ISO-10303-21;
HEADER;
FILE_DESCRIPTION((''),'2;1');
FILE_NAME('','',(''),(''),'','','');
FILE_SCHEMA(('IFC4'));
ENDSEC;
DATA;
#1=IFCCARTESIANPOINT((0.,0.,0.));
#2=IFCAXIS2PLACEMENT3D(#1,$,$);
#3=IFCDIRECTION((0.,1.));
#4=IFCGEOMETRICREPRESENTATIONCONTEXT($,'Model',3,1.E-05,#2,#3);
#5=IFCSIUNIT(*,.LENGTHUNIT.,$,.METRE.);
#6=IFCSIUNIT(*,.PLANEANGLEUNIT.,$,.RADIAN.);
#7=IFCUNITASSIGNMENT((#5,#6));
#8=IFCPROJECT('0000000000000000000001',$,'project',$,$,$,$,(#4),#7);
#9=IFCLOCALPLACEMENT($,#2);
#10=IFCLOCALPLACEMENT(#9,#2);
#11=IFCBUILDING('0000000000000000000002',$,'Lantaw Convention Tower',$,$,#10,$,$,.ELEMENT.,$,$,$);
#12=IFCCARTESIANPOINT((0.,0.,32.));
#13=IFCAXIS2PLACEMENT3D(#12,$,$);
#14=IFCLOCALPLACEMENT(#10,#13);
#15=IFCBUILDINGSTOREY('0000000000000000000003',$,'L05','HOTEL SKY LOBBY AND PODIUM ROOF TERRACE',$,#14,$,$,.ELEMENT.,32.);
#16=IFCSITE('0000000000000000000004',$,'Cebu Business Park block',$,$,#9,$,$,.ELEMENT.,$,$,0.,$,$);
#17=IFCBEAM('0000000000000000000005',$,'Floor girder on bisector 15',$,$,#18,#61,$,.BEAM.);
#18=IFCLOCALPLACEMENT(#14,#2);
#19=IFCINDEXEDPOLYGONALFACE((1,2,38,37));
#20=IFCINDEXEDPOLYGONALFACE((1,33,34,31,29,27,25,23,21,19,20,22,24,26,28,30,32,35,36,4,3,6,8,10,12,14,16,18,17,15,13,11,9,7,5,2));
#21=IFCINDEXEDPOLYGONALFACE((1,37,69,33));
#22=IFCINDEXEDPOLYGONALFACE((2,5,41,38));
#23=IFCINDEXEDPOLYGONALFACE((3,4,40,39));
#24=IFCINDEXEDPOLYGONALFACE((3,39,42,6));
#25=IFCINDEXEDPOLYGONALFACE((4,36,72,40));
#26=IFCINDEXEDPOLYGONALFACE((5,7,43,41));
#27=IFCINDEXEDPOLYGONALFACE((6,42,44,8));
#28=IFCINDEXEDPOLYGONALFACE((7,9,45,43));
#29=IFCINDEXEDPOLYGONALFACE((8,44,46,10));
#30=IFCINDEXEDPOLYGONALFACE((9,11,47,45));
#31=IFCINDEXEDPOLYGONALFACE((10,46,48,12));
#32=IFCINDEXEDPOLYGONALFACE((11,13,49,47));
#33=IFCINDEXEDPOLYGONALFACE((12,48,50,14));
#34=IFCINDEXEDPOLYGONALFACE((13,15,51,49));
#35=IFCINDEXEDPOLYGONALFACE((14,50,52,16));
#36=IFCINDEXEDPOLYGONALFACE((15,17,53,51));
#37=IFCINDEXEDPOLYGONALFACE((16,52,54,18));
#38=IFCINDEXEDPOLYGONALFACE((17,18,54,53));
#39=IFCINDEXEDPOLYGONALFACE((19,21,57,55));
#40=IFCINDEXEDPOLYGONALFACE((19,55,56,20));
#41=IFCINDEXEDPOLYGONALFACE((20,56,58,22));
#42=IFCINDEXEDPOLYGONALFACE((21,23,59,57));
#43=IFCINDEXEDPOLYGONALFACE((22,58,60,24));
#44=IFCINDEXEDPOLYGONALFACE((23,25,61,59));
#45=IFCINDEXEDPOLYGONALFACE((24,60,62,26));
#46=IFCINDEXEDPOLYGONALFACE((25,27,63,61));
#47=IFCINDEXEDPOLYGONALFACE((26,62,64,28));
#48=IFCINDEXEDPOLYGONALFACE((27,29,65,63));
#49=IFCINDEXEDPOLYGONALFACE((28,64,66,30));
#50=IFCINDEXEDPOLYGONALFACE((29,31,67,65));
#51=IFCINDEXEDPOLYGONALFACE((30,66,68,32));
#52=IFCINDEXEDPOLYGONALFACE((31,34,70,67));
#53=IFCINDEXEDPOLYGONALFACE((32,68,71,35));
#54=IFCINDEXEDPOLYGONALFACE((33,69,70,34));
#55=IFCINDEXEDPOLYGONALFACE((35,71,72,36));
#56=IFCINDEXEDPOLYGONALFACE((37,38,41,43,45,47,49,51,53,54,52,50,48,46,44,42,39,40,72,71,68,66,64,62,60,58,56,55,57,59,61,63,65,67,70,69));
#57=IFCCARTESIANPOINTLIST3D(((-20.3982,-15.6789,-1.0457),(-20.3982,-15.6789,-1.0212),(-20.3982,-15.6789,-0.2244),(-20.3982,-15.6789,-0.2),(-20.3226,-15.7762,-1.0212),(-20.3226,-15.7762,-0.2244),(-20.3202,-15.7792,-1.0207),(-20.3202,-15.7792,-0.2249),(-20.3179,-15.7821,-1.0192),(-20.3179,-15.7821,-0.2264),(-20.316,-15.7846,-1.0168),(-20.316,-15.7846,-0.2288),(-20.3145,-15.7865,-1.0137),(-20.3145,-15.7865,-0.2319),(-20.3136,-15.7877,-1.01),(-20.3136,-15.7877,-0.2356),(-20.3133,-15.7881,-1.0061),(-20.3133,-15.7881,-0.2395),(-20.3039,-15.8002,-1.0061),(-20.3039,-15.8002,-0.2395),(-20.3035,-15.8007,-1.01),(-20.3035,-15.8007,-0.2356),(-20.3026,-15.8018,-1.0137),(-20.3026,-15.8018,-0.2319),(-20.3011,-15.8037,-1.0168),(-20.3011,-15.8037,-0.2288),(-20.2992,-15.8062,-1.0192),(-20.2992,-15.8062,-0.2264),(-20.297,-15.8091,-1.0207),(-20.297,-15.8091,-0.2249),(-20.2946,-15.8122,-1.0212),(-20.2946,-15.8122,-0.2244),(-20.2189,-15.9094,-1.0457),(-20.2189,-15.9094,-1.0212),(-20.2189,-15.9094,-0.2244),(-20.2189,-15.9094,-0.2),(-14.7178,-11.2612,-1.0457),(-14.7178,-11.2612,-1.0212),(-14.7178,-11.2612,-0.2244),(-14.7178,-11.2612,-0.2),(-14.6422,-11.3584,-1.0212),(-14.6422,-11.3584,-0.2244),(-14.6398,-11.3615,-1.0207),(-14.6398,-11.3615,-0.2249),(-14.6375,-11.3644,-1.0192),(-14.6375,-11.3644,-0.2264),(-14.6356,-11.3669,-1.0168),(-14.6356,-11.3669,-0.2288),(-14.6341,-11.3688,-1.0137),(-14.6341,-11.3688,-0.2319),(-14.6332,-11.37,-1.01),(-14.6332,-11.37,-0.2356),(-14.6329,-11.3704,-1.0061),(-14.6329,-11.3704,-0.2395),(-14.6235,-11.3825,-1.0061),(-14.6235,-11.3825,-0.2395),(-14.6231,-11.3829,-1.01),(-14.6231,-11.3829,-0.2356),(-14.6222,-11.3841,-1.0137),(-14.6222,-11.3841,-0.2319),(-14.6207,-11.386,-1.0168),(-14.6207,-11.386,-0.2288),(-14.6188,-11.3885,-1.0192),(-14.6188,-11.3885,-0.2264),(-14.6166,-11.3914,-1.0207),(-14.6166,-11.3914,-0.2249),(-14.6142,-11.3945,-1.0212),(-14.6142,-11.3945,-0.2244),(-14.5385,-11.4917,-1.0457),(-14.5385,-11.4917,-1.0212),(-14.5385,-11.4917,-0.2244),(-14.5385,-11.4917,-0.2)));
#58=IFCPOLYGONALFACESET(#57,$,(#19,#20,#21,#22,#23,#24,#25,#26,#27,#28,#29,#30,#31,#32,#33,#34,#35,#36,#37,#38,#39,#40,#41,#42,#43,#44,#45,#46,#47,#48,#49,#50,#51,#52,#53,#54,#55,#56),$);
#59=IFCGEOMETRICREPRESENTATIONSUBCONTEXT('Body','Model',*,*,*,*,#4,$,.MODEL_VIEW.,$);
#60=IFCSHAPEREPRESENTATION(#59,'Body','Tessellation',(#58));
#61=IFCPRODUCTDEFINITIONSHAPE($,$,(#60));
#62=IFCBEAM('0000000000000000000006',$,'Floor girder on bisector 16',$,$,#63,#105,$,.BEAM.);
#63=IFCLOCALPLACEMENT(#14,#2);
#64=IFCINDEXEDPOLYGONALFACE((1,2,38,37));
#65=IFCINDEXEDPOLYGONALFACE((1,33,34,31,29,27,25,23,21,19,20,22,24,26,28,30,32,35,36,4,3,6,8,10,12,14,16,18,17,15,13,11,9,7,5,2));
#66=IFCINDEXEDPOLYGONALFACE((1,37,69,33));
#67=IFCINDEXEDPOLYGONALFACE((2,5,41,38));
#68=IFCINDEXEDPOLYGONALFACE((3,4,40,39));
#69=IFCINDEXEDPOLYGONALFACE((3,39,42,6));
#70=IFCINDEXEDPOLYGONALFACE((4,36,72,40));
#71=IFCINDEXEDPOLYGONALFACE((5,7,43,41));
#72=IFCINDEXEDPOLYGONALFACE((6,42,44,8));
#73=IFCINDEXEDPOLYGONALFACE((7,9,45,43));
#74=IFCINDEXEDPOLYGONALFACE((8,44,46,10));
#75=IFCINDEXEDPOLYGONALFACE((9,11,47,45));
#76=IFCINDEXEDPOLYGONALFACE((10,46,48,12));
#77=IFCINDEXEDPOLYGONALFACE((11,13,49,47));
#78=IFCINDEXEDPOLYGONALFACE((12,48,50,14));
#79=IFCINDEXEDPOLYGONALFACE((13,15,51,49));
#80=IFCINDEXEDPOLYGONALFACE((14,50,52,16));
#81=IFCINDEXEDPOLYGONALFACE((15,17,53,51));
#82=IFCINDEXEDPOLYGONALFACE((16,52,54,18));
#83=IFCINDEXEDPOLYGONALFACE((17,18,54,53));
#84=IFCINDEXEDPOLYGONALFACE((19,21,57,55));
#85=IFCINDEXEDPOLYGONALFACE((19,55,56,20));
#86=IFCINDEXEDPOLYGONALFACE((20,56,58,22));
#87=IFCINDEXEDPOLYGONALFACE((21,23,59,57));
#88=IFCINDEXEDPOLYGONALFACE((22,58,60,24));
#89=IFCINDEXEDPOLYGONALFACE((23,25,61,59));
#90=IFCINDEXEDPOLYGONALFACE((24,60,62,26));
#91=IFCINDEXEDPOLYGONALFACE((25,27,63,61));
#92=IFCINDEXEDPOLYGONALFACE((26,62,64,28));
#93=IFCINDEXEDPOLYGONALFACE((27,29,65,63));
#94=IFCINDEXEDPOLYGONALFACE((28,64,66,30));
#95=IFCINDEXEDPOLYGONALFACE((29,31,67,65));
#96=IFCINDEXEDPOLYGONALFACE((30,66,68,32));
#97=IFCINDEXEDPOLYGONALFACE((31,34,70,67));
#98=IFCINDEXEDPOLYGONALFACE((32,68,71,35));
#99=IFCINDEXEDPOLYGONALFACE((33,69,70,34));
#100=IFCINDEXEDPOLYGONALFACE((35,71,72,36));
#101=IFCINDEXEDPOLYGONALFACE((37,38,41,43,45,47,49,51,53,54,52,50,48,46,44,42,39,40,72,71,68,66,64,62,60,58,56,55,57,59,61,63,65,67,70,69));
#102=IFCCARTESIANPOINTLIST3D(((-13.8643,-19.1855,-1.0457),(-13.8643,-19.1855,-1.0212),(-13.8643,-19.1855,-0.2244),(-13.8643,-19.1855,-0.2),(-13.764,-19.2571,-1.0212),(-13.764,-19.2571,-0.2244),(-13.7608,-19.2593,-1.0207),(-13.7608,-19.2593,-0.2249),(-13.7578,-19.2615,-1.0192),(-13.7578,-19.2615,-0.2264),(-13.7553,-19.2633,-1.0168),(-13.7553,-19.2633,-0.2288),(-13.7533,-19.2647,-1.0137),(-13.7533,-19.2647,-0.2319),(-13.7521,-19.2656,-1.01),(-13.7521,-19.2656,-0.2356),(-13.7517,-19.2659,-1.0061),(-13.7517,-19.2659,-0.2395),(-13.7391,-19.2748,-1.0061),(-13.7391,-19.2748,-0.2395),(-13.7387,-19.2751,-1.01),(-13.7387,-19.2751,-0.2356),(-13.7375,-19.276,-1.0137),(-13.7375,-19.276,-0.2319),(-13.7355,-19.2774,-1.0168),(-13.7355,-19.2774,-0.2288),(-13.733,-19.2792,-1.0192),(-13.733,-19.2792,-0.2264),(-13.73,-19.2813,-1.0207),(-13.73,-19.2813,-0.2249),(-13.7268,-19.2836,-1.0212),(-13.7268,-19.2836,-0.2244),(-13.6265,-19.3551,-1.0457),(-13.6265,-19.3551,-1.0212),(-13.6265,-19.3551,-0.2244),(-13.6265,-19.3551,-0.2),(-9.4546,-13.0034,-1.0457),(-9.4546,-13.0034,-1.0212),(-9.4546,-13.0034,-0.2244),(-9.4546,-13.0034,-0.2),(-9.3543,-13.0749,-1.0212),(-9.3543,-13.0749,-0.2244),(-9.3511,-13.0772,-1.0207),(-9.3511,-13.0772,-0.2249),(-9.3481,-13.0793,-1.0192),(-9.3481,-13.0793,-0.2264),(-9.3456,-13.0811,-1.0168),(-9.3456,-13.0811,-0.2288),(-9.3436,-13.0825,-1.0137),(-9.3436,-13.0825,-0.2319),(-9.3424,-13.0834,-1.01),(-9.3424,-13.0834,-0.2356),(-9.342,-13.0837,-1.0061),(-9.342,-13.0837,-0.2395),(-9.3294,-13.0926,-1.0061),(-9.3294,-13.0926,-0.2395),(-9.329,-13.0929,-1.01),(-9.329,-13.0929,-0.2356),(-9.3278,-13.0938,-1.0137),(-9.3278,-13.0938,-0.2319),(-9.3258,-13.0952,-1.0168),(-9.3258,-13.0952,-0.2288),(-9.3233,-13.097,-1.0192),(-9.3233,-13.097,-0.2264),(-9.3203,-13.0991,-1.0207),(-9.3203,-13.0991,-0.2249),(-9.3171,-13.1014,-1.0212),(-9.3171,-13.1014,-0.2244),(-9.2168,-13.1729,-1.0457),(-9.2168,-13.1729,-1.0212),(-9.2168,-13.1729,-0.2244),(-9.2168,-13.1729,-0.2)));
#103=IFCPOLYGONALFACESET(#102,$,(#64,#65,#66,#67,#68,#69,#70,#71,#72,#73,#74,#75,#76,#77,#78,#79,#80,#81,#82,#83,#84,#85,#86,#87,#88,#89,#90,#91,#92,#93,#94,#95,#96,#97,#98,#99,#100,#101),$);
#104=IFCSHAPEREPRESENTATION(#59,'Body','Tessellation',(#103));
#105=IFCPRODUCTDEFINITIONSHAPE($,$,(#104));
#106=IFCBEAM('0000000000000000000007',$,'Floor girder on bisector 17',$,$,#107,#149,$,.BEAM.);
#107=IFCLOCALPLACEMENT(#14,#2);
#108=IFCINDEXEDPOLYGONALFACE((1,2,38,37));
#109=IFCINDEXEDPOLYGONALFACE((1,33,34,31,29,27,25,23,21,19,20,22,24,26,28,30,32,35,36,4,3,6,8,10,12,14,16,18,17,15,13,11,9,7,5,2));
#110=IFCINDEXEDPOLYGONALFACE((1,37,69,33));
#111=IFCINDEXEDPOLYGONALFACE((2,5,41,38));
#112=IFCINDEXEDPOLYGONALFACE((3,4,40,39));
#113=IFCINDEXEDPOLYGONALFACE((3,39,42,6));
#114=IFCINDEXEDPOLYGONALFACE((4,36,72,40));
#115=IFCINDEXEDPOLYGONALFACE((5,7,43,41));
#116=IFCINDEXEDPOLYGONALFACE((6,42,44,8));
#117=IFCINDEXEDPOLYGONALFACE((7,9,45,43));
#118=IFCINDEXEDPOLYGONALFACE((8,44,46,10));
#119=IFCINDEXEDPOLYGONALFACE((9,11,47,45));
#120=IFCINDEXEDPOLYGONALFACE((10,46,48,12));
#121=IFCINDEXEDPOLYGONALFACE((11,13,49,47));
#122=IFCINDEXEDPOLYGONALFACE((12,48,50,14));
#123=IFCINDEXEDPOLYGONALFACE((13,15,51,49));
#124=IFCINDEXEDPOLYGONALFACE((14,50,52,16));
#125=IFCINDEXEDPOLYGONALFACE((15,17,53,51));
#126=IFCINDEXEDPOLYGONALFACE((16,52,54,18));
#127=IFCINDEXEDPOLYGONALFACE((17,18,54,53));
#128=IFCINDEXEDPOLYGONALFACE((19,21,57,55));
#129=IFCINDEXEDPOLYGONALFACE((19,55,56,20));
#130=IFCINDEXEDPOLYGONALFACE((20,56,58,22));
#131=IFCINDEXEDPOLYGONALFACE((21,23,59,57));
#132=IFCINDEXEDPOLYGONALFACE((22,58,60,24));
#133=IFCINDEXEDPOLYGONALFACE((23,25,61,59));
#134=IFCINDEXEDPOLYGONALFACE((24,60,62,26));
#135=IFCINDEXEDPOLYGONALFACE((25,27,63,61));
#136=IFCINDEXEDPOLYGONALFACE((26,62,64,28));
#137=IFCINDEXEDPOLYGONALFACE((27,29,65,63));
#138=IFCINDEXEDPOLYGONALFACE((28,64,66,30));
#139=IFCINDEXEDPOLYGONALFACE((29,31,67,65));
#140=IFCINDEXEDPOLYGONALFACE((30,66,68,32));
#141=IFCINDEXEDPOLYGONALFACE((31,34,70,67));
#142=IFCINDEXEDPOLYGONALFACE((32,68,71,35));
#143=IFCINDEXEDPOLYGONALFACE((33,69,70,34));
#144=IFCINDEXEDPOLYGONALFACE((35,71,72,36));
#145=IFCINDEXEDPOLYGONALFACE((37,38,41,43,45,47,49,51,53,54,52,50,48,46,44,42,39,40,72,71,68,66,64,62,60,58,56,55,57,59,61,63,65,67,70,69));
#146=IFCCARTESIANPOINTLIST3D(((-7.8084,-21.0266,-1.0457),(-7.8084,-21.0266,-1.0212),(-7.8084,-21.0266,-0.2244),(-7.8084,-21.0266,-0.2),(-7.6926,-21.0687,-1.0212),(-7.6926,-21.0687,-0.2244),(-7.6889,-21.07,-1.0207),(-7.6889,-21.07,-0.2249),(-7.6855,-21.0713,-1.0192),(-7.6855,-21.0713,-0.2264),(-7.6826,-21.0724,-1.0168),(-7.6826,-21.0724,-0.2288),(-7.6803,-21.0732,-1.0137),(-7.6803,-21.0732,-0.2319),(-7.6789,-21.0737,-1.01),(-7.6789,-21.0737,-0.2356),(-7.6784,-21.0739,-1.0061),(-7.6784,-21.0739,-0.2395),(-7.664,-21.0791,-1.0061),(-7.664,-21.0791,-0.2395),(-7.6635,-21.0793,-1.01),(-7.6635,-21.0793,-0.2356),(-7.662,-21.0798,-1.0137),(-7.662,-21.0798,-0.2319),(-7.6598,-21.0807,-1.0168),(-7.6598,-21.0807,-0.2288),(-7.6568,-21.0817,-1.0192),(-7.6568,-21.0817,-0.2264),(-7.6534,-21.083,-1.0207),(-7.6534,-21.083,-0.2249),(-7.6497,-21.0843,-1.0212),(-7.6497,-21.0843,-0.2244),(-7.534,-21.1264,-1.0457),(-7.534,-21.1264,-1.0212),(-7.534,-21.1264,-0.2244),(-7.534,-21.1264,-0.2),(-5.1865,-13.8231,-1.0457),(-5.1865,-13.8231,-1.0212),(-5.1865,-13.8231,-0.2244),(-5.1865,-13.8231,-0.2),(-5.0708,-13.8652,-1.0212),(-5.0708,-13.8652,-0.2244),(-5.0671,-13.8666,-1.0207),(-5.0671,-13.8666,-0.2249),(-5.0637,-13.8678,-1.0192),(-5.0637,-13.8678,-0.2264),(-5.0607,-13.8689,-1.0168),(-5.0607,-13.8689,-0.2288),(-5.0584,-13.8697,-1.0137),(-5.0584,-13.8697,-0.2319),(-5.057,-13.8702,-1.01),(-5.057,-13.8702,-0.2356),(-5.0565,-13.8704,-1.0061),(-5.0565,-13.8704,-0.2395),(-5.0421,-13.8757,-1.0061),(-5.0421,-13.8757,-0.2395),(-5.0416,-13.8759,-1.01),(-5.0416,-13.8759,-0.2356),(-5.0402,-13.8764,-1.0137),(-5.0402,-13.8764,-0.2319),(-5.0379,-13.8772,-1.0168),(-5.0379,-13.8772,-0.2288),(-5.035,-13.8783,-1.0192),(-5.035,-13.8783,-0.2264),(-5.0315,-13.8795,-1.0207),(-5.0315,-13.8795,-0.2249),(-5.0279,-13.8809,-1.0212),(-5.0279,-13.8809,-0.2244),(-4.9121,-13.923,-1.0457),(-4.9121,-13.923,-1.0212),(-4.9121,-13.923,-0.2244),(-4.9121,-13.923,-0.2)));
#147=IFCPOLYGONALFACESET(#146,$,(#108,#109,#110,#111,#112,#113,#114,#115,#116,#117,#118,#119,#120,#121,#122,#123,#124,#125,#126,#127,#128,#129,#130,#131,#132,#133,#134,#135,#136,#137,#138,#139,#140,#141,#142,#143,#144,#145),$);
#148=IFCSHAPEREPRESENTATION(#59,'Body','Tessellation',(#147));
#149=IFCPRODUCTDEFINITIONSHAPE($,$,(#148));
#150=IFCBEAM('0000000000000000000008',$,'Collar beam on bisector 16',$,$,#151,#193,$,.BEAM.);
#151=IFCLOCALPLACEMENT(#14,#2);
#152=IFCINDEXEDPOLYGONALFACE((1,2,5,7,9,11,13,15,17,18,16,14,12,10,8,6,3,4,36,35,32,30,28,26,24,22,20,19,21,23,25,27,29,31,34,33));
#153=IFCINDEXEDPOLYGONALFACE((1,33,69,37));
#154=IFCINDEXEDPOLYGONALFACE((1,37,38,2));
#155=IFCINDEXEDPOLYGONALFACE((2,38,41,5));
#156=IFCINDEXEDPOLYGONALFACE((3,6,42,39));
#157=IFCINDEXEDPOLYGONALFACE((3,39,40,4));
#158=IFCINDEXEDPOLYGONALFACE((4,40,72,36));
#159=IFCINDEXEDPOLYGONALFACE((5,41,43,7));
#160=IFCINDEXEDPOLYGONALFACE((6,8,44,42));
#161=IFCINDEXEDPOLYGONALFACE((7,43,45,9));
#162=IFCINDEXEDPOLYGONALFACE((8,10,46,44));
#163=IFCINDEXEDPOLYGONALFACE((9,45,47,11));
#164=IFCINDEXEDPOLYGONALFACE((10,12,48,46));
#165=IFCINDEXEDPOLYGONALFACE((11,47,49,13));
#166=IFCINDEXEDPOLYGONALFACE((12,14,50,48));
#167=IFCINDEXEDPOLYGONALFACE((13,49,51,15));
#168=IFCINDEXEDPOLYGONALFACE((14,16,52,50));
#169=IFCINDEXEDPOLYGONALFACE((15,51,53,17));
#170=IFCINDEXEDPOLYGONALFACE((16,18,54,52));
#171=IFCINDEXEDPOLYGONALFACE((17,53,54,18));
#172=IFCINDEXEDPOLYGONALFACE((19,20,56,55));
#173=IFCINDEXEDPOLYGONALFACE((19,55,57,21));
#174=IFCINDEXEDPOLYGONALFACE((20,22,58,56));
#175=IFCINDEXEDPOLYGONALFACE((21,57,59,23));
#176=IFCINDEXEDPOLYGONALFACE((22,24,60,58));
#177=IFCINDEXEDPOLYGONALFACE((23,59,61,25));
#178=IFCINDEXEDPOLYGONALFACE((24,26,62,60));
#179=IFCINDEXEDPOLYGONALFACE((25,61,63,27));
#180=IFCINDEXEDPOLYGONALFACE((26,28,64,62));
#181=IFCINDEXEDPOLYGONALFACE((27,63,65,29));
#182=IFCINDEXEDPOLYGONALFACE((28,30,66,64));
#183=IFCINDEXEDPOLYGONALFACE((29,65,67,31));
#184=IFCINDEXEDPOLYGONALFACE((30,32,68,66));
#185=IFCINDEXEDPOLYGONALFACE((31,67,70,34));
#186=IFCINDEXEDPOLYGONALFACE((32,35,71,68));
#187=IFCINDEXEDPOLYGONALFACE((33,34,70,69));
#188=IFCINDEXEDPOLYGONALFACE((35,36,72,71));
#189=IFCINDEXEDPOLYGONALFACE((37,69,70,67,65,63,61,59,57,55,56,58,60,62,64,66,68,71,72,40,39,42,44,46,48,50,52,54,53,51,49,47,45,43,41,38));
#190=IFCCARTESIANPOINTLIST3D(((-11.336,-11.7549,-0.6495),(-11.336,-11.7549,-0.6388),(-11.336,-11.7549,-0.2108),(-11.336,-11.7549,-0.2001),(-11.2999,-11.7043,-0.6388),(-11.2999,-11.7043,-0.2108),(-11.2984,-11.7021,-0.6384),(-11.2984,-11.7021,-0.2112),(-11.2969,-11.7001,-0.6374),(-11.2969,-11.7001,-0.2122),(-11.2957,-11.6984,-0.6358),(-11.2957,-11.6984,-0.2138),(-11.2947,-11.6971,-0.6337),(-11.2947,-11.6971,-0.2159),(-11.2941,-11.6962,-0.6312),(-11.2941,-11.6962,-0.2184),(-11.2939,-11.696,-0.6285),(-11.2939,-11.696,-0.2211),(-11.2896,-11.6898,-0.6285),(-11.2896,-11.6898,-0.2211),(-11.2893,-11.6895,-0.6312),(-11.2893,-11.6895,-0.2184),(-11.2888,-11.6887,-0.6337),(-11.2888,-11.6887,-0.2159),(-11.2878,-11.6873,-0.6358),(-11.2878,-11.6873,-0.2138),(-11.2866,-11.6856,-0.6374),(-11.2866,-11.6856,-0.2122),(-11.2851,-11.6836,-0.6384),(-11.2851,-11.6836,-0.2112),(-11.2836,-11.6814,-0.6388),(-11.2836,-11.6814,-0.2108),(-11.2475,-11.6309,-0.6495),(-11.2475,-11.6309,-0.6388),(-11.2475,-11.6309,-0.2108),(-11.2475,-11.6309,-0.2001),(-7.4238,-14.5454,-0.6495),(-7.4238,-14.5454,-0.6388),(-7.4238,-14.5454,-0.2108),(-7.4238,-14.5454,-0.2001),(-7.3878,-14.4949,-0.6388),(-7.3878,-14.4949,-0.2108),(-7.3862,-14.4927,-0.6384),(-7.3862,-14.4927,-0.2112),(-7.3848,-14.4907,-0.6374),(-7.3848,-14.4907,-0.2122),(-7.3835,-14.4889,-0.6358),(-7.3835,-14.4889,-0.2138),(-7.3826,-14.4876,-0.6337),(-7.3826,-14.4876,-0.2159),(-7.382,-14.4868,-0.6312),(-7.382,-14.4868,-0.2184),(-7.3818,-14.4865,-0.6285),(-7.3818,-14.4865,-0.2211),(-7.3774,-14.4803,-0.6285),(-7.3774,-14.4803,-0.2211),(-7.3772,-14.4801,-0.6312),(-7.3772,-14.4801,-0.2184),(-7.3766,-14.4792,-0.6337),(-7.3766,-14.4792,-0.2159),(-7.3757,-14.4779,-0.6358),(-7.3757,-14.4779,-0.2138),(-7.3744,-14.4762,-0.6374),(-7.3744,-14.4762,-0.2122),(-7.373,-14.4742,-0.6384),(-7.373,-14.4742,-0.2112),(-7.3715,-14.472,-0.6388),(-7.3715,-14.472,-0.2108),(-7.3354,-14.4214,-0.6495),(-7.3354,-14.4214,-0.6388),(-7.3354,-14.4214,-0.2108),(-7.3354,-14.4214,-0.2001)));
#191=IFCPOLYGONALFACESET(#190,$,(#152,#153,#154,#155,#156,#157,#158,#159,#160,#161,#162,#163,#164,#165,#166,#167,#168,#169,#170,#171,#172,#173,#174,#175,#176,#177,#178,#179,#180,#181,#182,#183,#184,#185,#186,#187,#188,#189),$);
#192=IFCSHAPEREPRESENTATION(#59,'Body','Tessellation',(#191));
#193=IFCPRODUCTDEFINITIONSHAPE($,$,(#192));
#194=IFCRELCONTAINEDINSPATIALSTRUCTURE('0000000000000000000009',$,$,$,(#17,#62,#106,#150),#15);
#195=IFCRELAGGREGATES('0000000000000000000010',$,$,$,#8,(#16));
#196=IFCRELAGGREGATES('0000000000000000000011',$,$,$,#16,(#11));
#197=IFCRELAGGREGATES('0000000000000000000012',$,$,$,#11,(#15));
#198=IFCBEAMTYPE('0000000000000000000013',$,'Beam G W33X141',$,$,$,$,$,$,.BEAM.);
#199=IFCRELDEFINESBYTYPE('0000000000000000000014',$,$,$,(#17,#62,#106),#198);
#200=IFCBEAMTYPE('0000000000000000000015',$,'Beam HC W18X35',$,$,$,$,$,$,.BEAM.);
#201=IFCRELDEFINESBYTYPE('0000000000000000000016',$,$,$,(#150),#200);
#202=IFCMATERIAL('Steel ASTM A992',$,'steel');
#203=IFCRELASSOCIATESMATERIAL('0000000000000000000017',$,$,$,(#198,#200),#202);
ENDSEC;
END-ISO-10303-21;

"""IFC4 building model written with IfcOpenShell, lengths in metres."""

from ifc_helpers import new_model, si_unit, direction, frame, origin, origin_2d, place, context, subcontext, project, spatial, i_section, extrude, material, material_profile, profile_set, type_object, element, save


model = new_model("IFC4")

# Units and contexts
model_context = context("Model", 3, precision=1e-05, world=origin(), true_north=direction((0.0, 1.0)))
body_context = subcontext(model_context, "Body", "Model", "MODEL_VIEW")
ifc_project = project(units=[si_unit("LENGTHUNIT", "METRE"), si_unit("PLANEANGLEUNIT", "RADIAN")], contexts=[model_context])

# Site, building, storey
site_placement = place(None, origin())
site = spatial("IfcSite", under=ifc_project, at=site_placement, Name="Cebu Business Park block", CompositionType="ELEMENT", RefElevation=0.0)
building_placement = place(site_placement, origin())
building = spatial("IfcBuilding", under=site, at=building_placement, Name="Lantaw Convention Tower", CompositionType="ELEMENT")
storey_placement = place(building_placement, frame((0.0, 0.0, 32.0)))
storey = spatial("IfcBuildingStorey", under=building, at=storey_placement, Name="L05", Description="HOTEL SKY LOBBY AND PODIUM ROOF TERRACE", CompositionType="ELEMENT", Elevation=32.0)

# Beams
ifc_material_1 = material(Name="Steel ASTM A992", Category="steel")
ifc_material_profile_1 = material_profile(ifc_material_1, i_section(OverallWidth=0.292, OverallDepth=0.8457, WebThickness=0.0154, FlangeThickness=0.0244, FilletRadius=0.0151, at=origin_2d()), Name="W33X141")
ifc_profile_set_1 = profile_set([ifc_material_profile_1], Name="Steel ASTM A992")
beam_type_1 = type_object("IfcBeamType", Name="Beam G W33X141", PredefinedType="BEAM", material=ifc_profile_set_1)
beam_1_placement = place(storey_placement, frame((-14.6282, -11.3765, -0.6228), z_axis=(-0.789378, -0.613908, 0.0), x_axis=(0.613908, -0.789378, 0.0)))
element("IfcBeam", 1, at=beam_1_placement, inside=storey, type_object=beam_type_1, Name="Floor girder on bisector 15", PredefinedType="BEAM", context=body_context, shape_type="SweptSolid", body=[
    extrude(i_section(OverallWidth=0.292, OverallDepth=0.8457, WebThickness=0.0154, FlangeThickness=0.0244, FilletRadius=0.0151, at=origin_2d()), origin(), (0.0, 0.0, 1.0), 7.196),
])
beam_2_placement = place(storey_placement, frame((-9.3357, -13.0881, -0.6228), z_axis=(-0.580703, -0.814116, 0.0), x_axis=(0.814116, -0.580703, 0.0)))
element("IfcBeam", 2, at=beam_2_placement, inside=storey, type_object=beam_type_1, Name="Floor girder on bisector 16", PredefinedType="BEAM", context=body_context, shape_type="SweptSolid", body=[
    extrude(i_section(OverallWidth=0.292, OverallDepth=0.8457, WebThickness=0.0154, FlangeThickness=0.0244, FilletRadius=0.0151, at=origin_2d()), origin(), (0.0, 0.0, 1.0), 7.5938),
])
beam_3_placement = place(storey_placement, frame((-5.0493, -13.873, -0.6228), z_axis=(-0.342022, -0.939692, 0.0), x_axis=(0.939692, -0.342022, 0.0)))
element("IfcBeam", 3, at=beam_3_placement, inside=storey, type_object=beam_type_1, Name="Floor girder on bisector 17", PredefinedType="BEAM", context=body_context, shape_type="SweptSolid", body=[
    extrude(i_section(OverallWidth=0.292, OverallDepth=0.8457, WebThickness=0.0154, FlangeThickness=0.0244, FilletRadius=0.0151, at=origin_2d()), origin(), (0.0, 0.0, 1.0), 7.6658),
])
ifc_material_profile_2 = material_profile(ifc_material_1, i_section(OverallWidth=0.1523, OverallDepth=0.4495, WebThickness=0.0076, FlangeThickness=0.0107, FilletRadius=0.0103, at=origin_2d()), Name="W18X35")
ifc_profile_set_2 = profile_set([ifc_material_profile_2], Name="Steel ASTM A992")
beam_type_2 = type_object("IfcBeamType", Name="Beam HC W18X35", PredefinedType="BEAM", material=ifc_profile_set_2)
beam_4_placement = place(storey_placement, frame((-11.2917, -11.6929, -0.4248), z_axis=(0.814111, -0.580709, 0.0), x_axis=(0.580709, 0.814111, 0.0)))
element("IfcBeam", 4, at=beam_4_placement, inside=storey, type_object=beam_type_2, Name="Collar beam on bisector 16", PredefinedType="BEAM", context=body_context, shape_type="SweptSolid", body=[
    extrude(i_section(OverallWidth=0.1523, OverallDepth=0.4495, WebThickness=0.0076, FlangeThickness=0.0107, FilletRadius=0.0103, at=origin_2d()), origin(), (0.0, 0.0, 1.0), 4.8054),
])

save(model, "model.ifc")
